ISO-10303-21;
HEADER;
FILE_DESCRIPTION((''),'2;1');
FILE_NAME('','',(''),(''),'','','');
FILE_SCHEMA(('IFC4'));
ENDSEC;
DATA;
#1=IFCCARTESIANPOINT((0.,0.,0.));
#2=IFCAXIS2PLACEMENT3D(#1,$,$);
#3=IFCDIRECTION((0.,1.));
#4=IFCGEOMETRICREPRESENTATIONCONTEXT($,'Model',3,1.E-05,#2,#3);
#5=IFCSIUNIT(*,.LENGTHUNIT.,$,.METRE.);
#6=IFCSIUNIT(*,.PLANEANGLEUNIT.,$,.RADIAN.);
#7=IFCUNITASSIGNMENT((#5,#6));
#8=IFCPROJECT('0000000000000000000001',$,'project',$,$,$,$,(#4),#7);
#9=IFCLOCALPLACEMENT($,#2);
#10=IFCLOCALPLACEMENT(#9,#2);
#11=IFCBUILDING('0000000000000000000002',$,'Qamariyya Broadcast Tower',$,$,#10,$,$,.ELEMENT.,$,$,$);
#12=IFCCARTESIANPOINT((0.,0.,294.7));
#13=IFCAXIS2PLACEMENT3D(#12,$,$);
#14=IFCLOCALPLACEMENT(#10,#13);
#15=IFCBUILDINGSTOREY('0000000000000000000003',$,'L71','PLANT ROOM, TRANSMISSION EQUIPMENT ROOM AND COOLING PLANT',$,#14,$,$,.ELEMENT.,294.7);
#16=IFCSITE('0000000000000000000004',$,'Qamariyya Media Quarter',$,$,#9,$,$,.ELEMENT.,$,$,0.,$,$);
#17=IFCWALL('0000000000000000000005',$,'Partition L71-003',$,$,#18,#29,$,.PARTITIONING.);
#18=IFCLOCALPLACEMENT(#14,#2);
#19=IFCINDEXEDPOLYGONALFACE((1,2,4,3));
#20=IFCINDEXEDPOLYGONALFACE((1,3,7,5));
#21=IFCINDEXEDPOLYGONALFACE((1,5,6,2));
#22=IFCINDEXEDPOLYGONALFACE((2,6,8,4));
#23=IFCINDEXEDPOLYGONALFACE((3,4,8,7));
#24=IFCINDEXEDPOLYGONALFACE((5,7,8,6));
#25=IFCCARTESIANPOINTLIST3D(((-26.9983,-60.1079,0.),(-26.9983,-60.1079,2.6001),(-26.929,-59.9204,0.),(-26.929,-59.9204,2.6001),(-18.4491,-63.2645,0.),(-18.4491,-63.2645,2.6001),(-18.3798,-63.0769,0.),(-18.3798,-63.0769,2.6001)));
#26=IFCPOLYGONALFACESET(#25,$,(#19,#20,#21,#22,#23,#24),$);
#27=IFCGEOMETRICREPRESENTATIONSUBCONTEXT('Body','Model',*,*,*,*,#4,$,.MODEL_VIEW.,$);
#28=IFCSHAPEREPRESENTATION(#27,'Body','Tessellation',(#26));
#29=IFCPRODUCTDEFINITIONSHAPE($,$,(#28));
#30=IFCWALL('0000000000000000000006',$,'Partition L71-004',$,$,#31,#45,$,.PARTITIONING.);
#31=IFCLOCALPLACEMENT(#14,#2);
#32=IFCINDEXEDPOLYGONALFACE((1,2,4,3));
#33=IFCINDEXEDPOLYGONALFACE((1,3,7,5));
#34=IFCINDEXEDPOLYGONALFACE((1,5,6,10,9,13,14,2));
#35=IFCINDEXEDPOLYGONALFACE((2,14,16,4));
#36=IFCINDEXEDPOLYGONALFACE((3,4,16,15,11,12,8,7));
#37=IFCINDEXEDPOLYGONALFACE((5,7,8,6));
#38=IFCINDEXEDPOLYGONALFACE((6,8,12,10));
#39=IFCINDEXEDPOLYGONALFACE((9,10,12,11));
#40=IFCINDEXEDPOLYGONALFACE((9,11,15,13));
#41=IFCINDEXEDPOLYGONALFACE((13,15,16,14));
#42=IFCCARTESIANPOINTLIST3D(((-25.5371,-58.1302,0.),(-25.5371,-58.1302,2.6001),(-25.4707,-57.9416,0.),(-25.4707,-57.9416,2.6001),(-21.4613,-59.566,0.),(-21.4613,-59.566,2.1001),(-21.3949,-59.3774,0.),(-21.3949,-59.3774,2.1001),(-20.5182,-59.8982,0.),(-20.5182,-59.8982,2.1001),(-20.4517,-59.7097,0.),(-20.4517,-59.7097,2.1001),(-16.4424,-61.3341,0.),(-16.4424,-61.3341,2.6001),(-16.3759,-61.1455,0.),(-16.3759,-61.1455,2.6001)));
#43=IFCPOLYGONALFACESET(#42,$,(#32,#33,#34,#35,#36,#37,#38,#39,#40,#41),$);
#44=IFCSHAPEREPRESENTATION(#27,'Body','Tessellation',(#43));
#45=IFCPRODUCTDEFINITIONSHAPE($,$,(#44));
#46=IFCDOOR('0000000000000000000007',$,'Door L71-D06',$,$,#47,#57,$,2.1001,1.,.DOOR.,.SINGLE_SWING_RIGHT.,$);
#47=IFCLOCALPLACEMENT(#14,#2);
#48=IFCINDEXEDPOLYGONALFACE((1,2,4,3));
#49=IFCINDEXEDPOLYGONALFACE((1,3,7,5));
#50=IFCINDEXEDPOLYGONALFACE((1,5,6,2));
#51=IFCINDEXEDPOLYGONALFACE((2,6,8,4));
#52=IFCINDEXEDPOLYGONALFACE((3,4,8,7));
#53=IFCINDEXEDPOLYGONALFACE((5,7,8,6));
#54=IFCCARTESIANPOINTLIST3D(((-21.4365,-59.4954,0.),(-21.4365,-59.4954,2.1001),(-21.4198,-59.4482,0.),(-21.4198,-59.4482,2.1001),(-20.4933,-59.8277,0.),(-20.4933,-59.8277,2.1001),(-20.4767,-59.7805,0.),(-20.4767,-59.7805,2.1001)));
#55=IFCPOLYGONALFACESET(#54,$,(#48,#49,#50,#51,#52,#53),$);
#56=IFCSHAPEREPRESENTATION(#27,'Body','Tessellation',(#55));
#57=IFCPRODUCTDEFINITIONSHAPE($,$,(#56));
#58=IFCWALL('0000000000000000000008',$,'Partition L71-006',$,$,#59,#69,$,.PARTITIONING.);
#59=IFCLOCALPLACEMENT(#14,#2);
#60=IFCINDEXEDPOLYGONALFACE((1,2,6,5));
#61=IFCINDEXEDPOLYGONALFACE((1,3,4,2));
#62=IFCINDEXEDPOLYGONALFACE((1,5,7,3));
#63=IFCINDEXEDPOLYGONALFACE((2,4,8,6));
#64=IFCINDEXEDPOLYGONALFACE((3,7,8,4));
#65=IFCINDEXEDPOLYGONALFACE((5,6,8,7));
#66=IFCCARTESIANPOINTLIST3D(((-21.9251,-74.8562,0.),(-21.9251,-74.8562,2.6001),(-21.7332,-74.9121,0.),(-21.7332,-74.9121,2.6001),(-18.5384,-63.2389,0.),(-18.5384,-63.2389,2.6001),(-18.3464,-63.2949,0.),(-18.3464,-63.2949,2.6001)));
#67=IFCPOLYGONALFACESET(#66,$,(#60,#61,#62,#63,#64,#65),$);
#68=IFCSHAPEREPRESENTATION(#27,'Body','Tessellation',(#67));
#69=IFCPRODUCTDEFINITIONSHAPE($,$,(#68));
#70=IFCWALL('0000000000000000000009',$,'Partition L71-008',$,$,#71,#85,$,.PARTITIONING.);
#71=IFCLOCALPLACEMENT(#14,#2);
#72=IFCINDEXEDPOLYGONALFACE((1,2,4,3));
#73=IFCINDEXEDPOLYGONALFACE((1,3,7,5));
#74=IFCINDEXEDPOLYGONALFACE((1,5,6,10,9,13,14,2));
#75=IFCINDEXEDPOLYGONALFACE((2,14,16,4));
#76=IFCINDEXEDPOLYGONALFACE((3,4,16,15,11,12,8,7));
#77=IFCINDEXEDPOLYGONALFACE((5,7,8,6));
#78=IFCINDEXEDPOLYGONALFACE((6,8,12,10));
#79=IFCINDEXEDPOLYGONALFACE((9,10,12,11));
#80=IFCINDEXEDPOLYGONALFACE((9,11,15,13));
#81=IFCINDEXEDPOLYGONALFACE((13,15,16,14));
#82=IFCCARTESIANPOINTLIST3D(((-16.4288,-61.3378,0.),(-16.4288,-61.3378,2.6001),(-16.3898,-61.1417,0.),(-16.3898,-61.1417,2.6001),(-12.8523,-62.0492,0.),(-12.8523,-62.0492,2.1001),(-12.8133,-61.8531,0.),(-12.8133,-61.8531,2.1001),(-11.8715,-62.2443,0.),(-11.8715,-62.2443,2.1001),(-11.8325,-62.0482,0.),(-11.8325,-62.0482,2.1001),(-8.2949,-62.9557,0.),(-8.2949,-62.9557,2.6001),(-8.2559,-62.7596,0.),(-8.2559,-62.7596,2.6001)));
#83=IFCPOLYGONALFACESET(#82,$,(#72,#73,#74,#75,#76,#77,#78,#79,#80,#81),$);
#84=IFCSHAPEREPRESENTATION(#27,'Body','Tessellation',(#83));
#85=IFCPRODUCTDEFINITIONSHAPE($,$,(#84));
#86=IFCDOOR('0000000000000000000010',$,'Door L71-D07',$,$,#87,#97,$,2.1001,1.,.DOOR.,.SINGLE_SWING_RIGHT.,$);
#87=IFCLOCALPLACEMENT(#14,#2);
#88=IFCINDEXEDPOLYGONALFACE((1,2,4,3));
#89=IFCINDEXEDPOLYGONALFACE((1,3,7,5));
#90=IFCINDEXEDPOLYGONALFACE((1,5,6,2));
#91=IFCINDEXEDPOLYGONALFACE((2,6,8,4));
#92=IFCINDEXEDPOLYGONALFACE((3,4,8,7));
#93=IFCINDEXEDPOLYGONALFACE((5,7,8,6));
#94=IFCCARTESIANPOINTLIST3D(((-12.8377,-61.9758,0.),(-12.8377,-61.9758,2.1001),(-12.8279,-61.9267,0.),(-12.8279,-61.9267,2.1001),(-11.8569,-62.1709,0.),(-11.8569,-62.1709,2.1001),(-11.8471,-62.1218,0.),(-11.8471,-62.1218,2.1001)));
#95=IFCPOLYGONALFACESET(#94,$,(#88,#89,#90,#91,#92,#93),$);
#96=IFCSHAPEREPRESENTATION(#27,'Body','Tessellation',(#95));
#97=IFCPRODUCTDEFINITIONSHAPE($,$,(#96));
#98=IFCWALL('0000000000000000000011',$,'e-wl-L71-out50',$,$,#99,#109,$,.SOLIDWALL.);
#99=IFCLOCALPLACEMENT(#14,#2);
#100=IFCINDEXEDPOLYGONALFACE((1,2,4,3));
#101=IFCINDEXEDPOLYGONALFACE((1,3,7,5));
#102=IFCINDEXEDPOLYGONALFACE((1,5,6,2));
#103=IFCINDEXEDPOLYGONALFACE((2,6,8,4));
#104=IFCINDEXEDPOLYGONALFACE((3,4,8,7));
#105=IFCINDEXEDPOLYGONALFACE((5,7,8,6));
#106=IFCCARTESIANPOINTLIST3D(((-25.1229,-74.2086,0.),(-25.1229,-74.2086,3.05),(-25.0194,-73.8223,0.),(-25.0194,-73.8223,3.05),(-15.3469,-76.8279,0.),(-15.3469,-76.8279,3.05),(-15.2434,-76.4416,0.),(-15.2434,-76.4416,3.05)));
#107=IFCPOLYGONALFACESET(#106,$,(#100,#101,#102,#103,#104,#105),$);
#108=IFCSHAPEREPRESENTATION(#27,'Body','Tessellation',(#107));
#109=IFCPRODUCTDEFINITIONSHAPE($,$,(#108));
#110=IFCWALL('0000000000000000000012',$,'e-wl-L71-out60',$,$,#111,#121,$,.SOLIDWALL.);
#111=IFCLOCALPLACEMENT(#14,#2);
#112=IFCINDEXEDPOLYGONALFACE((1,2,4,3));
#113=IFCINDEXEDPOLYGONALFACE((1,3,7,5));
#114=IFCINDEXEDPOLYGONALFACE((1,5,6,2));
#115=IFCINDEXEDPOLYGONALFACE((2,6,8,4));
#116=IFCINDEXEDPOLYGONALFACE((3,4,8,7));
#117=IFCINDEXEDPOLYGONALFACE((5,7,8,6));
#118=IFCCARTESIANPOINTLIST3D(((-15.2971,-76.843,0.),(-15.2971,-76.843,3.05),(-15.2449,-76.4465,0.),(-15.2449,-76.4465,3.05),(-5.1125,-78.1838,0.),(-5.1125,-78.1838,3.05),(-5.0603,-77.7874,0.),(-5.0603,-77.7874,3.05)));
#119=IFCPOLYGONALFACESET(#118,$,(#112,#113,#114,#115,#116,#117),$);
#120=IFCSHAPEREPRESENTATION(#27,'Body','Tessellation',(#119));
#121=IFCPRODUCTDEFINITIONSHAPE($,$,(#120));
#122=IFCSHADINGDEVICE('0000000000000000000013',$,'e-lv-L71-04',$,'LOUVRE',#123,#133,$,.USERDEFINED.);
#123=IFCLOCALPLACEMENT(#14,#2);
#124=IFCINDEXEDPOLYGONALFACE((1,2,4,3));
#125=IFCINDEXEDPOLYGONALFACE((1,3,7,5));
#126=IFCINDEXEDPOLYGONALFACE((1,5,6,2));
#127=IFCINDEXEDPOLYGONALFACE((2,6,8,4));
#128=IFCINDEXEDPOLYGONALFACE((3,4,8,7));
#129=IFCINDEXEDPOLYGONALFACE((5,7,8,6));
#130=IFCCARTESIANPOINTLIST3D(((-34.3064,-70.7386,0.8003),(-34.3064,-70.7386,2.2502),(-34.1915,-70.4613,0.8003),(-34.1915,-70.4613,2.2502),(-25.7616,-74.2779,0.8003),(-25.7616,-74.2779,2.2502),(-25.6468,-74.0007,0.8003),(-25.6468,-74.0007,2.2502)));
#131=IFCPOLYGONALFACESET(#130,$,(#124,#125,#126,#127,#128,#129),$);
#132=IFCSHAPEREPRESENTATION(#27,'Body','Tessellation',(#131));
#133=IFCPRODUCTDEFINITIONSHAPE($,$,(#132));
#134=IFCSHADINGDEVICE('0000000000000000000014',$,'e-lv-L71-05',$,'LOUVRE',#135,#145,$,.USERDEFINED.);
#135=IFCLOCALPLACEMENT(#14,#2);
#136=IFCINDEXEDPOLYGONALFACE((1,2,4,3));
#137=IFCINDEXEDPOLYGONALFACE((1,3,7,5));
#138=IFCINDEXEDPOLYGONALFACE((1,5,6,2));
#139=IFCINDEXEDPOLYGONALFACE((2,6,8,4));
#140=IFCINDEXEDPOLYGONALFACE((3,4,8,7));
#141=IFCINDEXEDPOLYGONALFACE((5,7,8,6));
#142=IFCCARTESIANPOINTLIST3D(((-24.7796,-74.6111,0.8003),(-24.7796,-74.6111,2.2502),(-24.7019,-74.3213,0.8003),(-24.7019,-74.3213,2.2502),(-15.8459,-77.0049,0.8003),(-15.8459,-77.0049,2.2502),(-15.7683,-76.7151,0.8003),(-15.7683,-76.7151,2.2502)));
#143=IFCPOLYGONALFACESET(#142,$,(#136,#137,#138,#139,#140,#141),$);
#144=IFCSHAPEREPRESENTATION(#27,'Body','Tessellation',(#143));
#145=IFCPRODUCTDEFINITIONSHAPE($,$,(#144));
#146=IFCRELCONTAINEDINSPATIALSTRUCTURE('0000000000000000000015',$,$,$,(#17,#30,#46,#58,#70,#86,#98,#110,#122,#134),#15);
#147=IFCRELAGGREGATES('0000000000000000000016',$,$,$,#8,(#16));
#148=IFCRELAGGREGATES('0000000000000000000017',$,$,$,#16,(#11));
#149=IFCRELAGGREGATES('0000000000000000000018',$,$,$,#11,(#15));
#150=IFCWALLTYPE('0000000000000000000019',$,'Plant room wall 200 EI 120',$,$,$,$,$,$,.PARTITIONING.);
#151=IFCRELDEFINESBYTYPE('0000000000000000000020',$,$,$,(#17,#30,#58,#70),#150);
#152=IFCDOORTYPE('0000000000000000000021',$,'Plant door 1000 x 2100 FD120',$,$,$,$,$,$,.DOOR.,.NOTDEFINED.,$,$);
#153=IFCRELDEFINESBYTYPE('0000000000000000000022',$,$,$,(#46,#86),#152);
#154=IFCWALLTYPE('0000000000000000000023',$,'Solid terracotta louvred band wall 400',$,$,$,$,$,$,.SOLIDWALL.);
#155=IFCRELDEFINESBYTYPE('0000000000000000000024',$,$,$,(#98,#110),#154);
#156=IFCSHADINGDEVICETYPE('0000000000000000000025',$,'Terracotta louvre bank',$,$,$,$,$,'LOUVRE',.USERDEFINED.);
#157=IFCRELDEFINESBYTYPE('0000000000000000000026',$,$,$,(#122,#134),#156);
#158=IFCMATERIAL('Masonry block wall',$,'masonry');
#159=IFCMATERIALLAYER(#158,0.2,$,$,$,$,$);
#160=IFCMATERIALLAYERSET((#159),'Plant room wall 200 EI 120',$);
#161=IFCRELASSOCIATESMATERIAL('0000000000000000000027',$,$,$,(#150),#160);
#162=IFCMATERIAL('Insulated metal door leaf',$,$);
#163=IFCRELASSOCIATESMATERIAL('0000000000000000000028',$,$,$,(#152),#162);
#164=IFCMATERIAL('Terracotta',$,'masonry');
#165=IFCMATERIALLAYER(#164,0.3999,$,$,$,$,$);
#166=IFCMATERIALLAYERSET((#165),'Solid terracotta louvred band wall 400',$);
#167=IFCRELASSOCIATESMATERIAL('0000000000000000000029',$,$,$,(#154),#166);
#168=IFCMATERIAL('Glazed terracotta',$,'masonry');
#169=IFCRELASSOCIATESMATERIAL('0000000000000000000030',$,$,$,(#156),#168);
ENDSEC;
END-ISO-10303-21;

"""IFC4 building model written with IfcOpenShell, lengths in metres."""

from ifc_helpers import new_model, si_unit, direction, frame, frame_2d, origin, origin_2d, place, context, subcontext, project, spatial, rectangle, extrude, material, layer, layer_set, type_object, element, fill, save


model = new_model("IFC4")

# Units and contexts
model_context = context("Model", 3, precision=1e-05, world=origin(), true_north=direction((0.0, 1.0)))
body_context = subcontext(model_context, "Body", "Model", "MODEL_VIEW")
ifc_project = project(units=[si_unit("LENGTHUNIT", "METRE"), si_unit("PLANEANGLEUNIT", "RADIAN")], contexts=[model_context])

# Site, building, storey
site_placement = place(None, origin())
site = spatial("IfcSite", under=ifc_project, at=site_placement, Name="Qamariyya Media Quarter", CompositionType="ELEMENT", RefElevation=0.0)
building_placement = place(site_placement, origin())
building = spatial("IfcBuilding", under=site, at=building_placement, Name="Qamariyya Broadcast Tower", CompositionType="ELEMENT")
storey_placement = place(building_placement, frame((0.0, 0.0, 294.7)))
storey = spatial("IfcBuildingStorey", under=building, at=storey_placement, Name="L71", Description="PLANT ROOM, TRANSMISSION EQUIPMENT ROOM AND COOLING PLANT", CompositionType="ELEMENT", Elevation=294.7)

# Shared definitions
ifc_material_1 = material(Name="Masonry block wall", Category="masonry")
ifc_layer_1 = layer(ifc_material_1, 0.2)
ifc_layer_set_1 = layer_set([ifc_layer_1], Name="Plant room wall 200 EI 120")
wall_type_1 = type_object("IfcWallType", Name="Plant room wall 200 EI 120", PredefinedType="PARTITIONING", material=ifc_layer_set_1)
ifc_material_2 = material(Name="Insulated metal door leaf")
door_type_1 = type_object("IfcDoorType", Name="Plant door 1000 x 2100 FD120", OperationType="NOTDEFINED", PredefinedType="DOOR", material=ifc_material_2)

# Wall
wall_1_placement = place(storey_placement, frame((-26.9636, -60.0142, 0.0), z_axis=(0.0, 0.0, 1.0), x_axis=(0.9381, -0.346366, 0.0)))
element("IfcWall", 1, at=wall_1_placement, inside=storey, type_object=wall_type_1, Name="Partition L71-003", PredefinedType="PARTITIONING", context=body_context, shape_type="SweptSolid", body=[
    extrude(rectangle(XDim=9.1133, YDim=0.2, at=frame_2d((4.5566, 0.0))), origin(), (0.0, 0.0, 1.0), 2.6001),
])

# Wall, opening, door
wall_2_placement = place(storey_placement, frame((-25.5039, -58.0359, 0.0), z_axis=(0.0, 0.0, 1.0), x_axis=(0.943187, -0.332262, 0.0)))
wall_2 = element("IfcWall", 2, at=wall_2_placement, inside=storey, type_object=wall_type_1, Name="Partition L71-004", PredefinedType="PARTITIONING", context=body_context, shape_type="SweptSolid", body=[
    extrude(rectangle(XDim=9.6426, YDim=0.2, at=frame_2d((4.8213, 0.0))), origin(), (0.0, 0.0, 1.0), 2.6001),
])
opening_1_placement = place(wall_2_placement, frame((4.3213, 0.0, 0.0)))
opening_1 = element("IfcOpeningElement", 3, at=opening_1_placement, cuts=wall_2, PredefinedType="OPENING", context=body_context, shape_type="SweptSolid", body=[
    extrude(rectangle(XDim=1.0, YDim=2.1001, at=frame_2d((0.5, 1.05))), frame((0.0, 0.1099, 0.0), z_axis=(0.0, -1.0, 0.0), x_axis=(1.0, 0.0, 0.0)), (0.0, 0.0, 1.0), 0.22),
])
door_1_placement = place(opening_1_placement, origin())
door_1 = element("IfcDoor", 4, at=door_1_placement, inside=storey, type_object=door_type_1, Name="Door L71-D06", OperationType="SINGLE_SWING_RIGHT", OverallHeight=2.1001, OverallWidth=1.0, PredefinedType="DOOR", context=body_context, shape_type="SweptSolid", body=[
    extrude(rectangle(XDim=1.0, YDim=2.1001, at=frame_2d((0.5, 1.05))), frame((0.0, 0.0249, 0.0), z_axis=(0.0, -1.0, 0.0), x_axis=(1.0, 0.0, 0.0)), (0.0, 0.0, 1.0), 0.05),
])
fill(opening_1, door_1)

# Wall
wall_3_placement = place(storey_placement, frame((-21.8291, -74.884, 0.0), z_axis=(0.0, 0.0, 1.0), x_axis=(0.279876, 0.960036, 0.0)))
element("IfcWall", 5, at=wall_3_placement, inside=storey, type_object=wall_type_1, Name="Partition L71-006", PredefinedType="PARTITIONING", context=body_context, shape_type="SweptSolid", body=[
    extrude(rectangle(XDim=12.1008, YDim=0.2, at=frame_2d((6.0503, 0.0))), origin(), (0.0, 0.0, 1.0), 2.6001),
])

# Wall, opening, door
wall_4_placement = place(storey_placement, frame((-16.4092, -61.2397, 0.0), z_axis=(0.0, 0.0, 1.0), x_axis=(0.980785, -0.195091, 0.0)))
wall_4 = element("IfcWall", 6, at=wall_4_placement, inside=storey, type_object=wall_type_1, Name="Partition L71-008", PredefinedType="PARTITIONING", context=body_context, shape_type="SweptSolid", body=[
    extrude(rectangle(XDim=8.2932, YDim=0.2, at=frame_2d((4.1465, 0.0))), origin(), (0.0, 0.0, 1.0), 2.6001),
])
opening_2_placement = place(wall_4_placement, frame((3.6465, 0.0, 0.0)))
opening_2 = element("IfcOpeningElement", 7, at=opening_2_placement, cuts=wall_4, PredefinedType="OPENING", context=body_context, shape_type="SweptSolid", body=[
    extrude(rectangle(XDim=1.0, YDim=2.1001, at=frame_2d((0.5, 1.05))), frame((0.0, 0.1099, 0.0), z_axis=(0.0, -1.0, 0.0), x_axis=(1.0, 0.0, 0.0)), (0.0, 0.0, 1.0), 0.22),
])
door_2_placement = place(opening_2_placement, origin())
door_2 = element("IfcDoor", 8, at=door_2_placement, inside=storey, type_object=door_type_1, Name="Door L71-D07", OperationType="SINGLE_SWING_RIGHT", OverallHeight=2.1001, OverallWidth=1.0, PredefinedType="DOOR", context=body_context, shape_type="SweptSolid", body=[
    extrude(rectangle(XDim=1.0, YDim=2.1001, at=frame_2d((0.5, 1.05))), frame((0.0, 0.0249, 0.0), z_axis=(0.0, -1.0, 0.0), x_axis=(1.0, 0.0, 0.0)), (0.0, 0.0, 1.0), 0.05),
])
fill(opening_2, door_2)

# Walls
ifc_material_3 = material(Name="Terracotta", Category="masonry")
ifc_layer_2 = layer(ifc_material_3, 0.3999)
ifc_layer_set_2 = layer_set([ifc_layer_2], Name="Solid terracotta louvred band wall 400")
wall_type_2 = type_object("IfcWallType", Name="Solid terracotta louvred band wall 400", PredefinedType="SOLIDWALL", material=ifc_layer_set_2)
wall_5_placement = place(storey_placement, frame((-25.0713, -74.0154, 0.0), z_axis=(0.0, 0.0, 1.0), x_axis=(0.965929, -0.258808, 0.0)))
element("IfcWall", 9, at=wall_5_placement, inside=storey, type_object=wall_type_2, Name="e-wl-L71-out50", PredefinedType="SOLIDWALL", context=body_context, shape_type="SweptSolid", body=[
    extrude(rectangle(XDim=10.1208, YDim=0.3999, at=frame_2d((5.0605, 0.0))), origin(), (0.0, 0.0, 1.0), 3.05),
])
wall_6_placement = place(storey_placement, frame((-15.271, -76.6448, 0.0), z_axis=(0.0, 0.0, 1.0), x_axis=(0.991445, -0.130526, 0.0)))
element("IfcWall", 10, at=wall_6_placement, inside=storey, type_object=wall_type_2, Name="e-wl-L71-out60", PredefinedType="SOLIDWALL", context=body_context, shape_type="SweptSolid", body=[
    extrude(rectangle(XDim=10.2725, YDim=0.3999, at=frame_2d((5.1362, 0.0))), origin(), (0.0, 0.0, 1.0), 3.05),
])

# Shading devices
ifc_material_4 = material(Name="Glazed terracotta", Category="masonry")
shading_device_type = type_object("IfcShadingDeviceType", Name="Terracotta louvre bank", ElementType="LOUVRE", PredefinedType="USERDEFINED", material=ifc_material_4)
for number, where, z_axis, x_axis, name in (
    (11, (-29.9766, -72.3696, 0.8003), (0.0, 0.0, 1.0), (0.92388, -0.382683, 0.0), "e-lv-L71-04"),
    (12, (-20.2739, -75.6631, 0.8003), (0.0, 0.0, 1.0), (0.965926, -0.258819, 0.0), "e-lv-L71-05"),
):
    element("IfcShadingDevice", number, at=place(storey_placement, frame(where, z_axis=z_axis, x_axis=x_axis)), inside=storey, type_object=shading_device_type, Name=name, ObjectType="LOUVRE", PredefinedType="USERDEFINED", context=body_context, shape_type="SweptSolid", body=[
        extrude(rectangle(XDim=9.2488, YDim=0.3, at=origin_2d()), origin(), (0.0, 0.0, 1.0), 1.45),
    ])

save(model, "model.ifc")
